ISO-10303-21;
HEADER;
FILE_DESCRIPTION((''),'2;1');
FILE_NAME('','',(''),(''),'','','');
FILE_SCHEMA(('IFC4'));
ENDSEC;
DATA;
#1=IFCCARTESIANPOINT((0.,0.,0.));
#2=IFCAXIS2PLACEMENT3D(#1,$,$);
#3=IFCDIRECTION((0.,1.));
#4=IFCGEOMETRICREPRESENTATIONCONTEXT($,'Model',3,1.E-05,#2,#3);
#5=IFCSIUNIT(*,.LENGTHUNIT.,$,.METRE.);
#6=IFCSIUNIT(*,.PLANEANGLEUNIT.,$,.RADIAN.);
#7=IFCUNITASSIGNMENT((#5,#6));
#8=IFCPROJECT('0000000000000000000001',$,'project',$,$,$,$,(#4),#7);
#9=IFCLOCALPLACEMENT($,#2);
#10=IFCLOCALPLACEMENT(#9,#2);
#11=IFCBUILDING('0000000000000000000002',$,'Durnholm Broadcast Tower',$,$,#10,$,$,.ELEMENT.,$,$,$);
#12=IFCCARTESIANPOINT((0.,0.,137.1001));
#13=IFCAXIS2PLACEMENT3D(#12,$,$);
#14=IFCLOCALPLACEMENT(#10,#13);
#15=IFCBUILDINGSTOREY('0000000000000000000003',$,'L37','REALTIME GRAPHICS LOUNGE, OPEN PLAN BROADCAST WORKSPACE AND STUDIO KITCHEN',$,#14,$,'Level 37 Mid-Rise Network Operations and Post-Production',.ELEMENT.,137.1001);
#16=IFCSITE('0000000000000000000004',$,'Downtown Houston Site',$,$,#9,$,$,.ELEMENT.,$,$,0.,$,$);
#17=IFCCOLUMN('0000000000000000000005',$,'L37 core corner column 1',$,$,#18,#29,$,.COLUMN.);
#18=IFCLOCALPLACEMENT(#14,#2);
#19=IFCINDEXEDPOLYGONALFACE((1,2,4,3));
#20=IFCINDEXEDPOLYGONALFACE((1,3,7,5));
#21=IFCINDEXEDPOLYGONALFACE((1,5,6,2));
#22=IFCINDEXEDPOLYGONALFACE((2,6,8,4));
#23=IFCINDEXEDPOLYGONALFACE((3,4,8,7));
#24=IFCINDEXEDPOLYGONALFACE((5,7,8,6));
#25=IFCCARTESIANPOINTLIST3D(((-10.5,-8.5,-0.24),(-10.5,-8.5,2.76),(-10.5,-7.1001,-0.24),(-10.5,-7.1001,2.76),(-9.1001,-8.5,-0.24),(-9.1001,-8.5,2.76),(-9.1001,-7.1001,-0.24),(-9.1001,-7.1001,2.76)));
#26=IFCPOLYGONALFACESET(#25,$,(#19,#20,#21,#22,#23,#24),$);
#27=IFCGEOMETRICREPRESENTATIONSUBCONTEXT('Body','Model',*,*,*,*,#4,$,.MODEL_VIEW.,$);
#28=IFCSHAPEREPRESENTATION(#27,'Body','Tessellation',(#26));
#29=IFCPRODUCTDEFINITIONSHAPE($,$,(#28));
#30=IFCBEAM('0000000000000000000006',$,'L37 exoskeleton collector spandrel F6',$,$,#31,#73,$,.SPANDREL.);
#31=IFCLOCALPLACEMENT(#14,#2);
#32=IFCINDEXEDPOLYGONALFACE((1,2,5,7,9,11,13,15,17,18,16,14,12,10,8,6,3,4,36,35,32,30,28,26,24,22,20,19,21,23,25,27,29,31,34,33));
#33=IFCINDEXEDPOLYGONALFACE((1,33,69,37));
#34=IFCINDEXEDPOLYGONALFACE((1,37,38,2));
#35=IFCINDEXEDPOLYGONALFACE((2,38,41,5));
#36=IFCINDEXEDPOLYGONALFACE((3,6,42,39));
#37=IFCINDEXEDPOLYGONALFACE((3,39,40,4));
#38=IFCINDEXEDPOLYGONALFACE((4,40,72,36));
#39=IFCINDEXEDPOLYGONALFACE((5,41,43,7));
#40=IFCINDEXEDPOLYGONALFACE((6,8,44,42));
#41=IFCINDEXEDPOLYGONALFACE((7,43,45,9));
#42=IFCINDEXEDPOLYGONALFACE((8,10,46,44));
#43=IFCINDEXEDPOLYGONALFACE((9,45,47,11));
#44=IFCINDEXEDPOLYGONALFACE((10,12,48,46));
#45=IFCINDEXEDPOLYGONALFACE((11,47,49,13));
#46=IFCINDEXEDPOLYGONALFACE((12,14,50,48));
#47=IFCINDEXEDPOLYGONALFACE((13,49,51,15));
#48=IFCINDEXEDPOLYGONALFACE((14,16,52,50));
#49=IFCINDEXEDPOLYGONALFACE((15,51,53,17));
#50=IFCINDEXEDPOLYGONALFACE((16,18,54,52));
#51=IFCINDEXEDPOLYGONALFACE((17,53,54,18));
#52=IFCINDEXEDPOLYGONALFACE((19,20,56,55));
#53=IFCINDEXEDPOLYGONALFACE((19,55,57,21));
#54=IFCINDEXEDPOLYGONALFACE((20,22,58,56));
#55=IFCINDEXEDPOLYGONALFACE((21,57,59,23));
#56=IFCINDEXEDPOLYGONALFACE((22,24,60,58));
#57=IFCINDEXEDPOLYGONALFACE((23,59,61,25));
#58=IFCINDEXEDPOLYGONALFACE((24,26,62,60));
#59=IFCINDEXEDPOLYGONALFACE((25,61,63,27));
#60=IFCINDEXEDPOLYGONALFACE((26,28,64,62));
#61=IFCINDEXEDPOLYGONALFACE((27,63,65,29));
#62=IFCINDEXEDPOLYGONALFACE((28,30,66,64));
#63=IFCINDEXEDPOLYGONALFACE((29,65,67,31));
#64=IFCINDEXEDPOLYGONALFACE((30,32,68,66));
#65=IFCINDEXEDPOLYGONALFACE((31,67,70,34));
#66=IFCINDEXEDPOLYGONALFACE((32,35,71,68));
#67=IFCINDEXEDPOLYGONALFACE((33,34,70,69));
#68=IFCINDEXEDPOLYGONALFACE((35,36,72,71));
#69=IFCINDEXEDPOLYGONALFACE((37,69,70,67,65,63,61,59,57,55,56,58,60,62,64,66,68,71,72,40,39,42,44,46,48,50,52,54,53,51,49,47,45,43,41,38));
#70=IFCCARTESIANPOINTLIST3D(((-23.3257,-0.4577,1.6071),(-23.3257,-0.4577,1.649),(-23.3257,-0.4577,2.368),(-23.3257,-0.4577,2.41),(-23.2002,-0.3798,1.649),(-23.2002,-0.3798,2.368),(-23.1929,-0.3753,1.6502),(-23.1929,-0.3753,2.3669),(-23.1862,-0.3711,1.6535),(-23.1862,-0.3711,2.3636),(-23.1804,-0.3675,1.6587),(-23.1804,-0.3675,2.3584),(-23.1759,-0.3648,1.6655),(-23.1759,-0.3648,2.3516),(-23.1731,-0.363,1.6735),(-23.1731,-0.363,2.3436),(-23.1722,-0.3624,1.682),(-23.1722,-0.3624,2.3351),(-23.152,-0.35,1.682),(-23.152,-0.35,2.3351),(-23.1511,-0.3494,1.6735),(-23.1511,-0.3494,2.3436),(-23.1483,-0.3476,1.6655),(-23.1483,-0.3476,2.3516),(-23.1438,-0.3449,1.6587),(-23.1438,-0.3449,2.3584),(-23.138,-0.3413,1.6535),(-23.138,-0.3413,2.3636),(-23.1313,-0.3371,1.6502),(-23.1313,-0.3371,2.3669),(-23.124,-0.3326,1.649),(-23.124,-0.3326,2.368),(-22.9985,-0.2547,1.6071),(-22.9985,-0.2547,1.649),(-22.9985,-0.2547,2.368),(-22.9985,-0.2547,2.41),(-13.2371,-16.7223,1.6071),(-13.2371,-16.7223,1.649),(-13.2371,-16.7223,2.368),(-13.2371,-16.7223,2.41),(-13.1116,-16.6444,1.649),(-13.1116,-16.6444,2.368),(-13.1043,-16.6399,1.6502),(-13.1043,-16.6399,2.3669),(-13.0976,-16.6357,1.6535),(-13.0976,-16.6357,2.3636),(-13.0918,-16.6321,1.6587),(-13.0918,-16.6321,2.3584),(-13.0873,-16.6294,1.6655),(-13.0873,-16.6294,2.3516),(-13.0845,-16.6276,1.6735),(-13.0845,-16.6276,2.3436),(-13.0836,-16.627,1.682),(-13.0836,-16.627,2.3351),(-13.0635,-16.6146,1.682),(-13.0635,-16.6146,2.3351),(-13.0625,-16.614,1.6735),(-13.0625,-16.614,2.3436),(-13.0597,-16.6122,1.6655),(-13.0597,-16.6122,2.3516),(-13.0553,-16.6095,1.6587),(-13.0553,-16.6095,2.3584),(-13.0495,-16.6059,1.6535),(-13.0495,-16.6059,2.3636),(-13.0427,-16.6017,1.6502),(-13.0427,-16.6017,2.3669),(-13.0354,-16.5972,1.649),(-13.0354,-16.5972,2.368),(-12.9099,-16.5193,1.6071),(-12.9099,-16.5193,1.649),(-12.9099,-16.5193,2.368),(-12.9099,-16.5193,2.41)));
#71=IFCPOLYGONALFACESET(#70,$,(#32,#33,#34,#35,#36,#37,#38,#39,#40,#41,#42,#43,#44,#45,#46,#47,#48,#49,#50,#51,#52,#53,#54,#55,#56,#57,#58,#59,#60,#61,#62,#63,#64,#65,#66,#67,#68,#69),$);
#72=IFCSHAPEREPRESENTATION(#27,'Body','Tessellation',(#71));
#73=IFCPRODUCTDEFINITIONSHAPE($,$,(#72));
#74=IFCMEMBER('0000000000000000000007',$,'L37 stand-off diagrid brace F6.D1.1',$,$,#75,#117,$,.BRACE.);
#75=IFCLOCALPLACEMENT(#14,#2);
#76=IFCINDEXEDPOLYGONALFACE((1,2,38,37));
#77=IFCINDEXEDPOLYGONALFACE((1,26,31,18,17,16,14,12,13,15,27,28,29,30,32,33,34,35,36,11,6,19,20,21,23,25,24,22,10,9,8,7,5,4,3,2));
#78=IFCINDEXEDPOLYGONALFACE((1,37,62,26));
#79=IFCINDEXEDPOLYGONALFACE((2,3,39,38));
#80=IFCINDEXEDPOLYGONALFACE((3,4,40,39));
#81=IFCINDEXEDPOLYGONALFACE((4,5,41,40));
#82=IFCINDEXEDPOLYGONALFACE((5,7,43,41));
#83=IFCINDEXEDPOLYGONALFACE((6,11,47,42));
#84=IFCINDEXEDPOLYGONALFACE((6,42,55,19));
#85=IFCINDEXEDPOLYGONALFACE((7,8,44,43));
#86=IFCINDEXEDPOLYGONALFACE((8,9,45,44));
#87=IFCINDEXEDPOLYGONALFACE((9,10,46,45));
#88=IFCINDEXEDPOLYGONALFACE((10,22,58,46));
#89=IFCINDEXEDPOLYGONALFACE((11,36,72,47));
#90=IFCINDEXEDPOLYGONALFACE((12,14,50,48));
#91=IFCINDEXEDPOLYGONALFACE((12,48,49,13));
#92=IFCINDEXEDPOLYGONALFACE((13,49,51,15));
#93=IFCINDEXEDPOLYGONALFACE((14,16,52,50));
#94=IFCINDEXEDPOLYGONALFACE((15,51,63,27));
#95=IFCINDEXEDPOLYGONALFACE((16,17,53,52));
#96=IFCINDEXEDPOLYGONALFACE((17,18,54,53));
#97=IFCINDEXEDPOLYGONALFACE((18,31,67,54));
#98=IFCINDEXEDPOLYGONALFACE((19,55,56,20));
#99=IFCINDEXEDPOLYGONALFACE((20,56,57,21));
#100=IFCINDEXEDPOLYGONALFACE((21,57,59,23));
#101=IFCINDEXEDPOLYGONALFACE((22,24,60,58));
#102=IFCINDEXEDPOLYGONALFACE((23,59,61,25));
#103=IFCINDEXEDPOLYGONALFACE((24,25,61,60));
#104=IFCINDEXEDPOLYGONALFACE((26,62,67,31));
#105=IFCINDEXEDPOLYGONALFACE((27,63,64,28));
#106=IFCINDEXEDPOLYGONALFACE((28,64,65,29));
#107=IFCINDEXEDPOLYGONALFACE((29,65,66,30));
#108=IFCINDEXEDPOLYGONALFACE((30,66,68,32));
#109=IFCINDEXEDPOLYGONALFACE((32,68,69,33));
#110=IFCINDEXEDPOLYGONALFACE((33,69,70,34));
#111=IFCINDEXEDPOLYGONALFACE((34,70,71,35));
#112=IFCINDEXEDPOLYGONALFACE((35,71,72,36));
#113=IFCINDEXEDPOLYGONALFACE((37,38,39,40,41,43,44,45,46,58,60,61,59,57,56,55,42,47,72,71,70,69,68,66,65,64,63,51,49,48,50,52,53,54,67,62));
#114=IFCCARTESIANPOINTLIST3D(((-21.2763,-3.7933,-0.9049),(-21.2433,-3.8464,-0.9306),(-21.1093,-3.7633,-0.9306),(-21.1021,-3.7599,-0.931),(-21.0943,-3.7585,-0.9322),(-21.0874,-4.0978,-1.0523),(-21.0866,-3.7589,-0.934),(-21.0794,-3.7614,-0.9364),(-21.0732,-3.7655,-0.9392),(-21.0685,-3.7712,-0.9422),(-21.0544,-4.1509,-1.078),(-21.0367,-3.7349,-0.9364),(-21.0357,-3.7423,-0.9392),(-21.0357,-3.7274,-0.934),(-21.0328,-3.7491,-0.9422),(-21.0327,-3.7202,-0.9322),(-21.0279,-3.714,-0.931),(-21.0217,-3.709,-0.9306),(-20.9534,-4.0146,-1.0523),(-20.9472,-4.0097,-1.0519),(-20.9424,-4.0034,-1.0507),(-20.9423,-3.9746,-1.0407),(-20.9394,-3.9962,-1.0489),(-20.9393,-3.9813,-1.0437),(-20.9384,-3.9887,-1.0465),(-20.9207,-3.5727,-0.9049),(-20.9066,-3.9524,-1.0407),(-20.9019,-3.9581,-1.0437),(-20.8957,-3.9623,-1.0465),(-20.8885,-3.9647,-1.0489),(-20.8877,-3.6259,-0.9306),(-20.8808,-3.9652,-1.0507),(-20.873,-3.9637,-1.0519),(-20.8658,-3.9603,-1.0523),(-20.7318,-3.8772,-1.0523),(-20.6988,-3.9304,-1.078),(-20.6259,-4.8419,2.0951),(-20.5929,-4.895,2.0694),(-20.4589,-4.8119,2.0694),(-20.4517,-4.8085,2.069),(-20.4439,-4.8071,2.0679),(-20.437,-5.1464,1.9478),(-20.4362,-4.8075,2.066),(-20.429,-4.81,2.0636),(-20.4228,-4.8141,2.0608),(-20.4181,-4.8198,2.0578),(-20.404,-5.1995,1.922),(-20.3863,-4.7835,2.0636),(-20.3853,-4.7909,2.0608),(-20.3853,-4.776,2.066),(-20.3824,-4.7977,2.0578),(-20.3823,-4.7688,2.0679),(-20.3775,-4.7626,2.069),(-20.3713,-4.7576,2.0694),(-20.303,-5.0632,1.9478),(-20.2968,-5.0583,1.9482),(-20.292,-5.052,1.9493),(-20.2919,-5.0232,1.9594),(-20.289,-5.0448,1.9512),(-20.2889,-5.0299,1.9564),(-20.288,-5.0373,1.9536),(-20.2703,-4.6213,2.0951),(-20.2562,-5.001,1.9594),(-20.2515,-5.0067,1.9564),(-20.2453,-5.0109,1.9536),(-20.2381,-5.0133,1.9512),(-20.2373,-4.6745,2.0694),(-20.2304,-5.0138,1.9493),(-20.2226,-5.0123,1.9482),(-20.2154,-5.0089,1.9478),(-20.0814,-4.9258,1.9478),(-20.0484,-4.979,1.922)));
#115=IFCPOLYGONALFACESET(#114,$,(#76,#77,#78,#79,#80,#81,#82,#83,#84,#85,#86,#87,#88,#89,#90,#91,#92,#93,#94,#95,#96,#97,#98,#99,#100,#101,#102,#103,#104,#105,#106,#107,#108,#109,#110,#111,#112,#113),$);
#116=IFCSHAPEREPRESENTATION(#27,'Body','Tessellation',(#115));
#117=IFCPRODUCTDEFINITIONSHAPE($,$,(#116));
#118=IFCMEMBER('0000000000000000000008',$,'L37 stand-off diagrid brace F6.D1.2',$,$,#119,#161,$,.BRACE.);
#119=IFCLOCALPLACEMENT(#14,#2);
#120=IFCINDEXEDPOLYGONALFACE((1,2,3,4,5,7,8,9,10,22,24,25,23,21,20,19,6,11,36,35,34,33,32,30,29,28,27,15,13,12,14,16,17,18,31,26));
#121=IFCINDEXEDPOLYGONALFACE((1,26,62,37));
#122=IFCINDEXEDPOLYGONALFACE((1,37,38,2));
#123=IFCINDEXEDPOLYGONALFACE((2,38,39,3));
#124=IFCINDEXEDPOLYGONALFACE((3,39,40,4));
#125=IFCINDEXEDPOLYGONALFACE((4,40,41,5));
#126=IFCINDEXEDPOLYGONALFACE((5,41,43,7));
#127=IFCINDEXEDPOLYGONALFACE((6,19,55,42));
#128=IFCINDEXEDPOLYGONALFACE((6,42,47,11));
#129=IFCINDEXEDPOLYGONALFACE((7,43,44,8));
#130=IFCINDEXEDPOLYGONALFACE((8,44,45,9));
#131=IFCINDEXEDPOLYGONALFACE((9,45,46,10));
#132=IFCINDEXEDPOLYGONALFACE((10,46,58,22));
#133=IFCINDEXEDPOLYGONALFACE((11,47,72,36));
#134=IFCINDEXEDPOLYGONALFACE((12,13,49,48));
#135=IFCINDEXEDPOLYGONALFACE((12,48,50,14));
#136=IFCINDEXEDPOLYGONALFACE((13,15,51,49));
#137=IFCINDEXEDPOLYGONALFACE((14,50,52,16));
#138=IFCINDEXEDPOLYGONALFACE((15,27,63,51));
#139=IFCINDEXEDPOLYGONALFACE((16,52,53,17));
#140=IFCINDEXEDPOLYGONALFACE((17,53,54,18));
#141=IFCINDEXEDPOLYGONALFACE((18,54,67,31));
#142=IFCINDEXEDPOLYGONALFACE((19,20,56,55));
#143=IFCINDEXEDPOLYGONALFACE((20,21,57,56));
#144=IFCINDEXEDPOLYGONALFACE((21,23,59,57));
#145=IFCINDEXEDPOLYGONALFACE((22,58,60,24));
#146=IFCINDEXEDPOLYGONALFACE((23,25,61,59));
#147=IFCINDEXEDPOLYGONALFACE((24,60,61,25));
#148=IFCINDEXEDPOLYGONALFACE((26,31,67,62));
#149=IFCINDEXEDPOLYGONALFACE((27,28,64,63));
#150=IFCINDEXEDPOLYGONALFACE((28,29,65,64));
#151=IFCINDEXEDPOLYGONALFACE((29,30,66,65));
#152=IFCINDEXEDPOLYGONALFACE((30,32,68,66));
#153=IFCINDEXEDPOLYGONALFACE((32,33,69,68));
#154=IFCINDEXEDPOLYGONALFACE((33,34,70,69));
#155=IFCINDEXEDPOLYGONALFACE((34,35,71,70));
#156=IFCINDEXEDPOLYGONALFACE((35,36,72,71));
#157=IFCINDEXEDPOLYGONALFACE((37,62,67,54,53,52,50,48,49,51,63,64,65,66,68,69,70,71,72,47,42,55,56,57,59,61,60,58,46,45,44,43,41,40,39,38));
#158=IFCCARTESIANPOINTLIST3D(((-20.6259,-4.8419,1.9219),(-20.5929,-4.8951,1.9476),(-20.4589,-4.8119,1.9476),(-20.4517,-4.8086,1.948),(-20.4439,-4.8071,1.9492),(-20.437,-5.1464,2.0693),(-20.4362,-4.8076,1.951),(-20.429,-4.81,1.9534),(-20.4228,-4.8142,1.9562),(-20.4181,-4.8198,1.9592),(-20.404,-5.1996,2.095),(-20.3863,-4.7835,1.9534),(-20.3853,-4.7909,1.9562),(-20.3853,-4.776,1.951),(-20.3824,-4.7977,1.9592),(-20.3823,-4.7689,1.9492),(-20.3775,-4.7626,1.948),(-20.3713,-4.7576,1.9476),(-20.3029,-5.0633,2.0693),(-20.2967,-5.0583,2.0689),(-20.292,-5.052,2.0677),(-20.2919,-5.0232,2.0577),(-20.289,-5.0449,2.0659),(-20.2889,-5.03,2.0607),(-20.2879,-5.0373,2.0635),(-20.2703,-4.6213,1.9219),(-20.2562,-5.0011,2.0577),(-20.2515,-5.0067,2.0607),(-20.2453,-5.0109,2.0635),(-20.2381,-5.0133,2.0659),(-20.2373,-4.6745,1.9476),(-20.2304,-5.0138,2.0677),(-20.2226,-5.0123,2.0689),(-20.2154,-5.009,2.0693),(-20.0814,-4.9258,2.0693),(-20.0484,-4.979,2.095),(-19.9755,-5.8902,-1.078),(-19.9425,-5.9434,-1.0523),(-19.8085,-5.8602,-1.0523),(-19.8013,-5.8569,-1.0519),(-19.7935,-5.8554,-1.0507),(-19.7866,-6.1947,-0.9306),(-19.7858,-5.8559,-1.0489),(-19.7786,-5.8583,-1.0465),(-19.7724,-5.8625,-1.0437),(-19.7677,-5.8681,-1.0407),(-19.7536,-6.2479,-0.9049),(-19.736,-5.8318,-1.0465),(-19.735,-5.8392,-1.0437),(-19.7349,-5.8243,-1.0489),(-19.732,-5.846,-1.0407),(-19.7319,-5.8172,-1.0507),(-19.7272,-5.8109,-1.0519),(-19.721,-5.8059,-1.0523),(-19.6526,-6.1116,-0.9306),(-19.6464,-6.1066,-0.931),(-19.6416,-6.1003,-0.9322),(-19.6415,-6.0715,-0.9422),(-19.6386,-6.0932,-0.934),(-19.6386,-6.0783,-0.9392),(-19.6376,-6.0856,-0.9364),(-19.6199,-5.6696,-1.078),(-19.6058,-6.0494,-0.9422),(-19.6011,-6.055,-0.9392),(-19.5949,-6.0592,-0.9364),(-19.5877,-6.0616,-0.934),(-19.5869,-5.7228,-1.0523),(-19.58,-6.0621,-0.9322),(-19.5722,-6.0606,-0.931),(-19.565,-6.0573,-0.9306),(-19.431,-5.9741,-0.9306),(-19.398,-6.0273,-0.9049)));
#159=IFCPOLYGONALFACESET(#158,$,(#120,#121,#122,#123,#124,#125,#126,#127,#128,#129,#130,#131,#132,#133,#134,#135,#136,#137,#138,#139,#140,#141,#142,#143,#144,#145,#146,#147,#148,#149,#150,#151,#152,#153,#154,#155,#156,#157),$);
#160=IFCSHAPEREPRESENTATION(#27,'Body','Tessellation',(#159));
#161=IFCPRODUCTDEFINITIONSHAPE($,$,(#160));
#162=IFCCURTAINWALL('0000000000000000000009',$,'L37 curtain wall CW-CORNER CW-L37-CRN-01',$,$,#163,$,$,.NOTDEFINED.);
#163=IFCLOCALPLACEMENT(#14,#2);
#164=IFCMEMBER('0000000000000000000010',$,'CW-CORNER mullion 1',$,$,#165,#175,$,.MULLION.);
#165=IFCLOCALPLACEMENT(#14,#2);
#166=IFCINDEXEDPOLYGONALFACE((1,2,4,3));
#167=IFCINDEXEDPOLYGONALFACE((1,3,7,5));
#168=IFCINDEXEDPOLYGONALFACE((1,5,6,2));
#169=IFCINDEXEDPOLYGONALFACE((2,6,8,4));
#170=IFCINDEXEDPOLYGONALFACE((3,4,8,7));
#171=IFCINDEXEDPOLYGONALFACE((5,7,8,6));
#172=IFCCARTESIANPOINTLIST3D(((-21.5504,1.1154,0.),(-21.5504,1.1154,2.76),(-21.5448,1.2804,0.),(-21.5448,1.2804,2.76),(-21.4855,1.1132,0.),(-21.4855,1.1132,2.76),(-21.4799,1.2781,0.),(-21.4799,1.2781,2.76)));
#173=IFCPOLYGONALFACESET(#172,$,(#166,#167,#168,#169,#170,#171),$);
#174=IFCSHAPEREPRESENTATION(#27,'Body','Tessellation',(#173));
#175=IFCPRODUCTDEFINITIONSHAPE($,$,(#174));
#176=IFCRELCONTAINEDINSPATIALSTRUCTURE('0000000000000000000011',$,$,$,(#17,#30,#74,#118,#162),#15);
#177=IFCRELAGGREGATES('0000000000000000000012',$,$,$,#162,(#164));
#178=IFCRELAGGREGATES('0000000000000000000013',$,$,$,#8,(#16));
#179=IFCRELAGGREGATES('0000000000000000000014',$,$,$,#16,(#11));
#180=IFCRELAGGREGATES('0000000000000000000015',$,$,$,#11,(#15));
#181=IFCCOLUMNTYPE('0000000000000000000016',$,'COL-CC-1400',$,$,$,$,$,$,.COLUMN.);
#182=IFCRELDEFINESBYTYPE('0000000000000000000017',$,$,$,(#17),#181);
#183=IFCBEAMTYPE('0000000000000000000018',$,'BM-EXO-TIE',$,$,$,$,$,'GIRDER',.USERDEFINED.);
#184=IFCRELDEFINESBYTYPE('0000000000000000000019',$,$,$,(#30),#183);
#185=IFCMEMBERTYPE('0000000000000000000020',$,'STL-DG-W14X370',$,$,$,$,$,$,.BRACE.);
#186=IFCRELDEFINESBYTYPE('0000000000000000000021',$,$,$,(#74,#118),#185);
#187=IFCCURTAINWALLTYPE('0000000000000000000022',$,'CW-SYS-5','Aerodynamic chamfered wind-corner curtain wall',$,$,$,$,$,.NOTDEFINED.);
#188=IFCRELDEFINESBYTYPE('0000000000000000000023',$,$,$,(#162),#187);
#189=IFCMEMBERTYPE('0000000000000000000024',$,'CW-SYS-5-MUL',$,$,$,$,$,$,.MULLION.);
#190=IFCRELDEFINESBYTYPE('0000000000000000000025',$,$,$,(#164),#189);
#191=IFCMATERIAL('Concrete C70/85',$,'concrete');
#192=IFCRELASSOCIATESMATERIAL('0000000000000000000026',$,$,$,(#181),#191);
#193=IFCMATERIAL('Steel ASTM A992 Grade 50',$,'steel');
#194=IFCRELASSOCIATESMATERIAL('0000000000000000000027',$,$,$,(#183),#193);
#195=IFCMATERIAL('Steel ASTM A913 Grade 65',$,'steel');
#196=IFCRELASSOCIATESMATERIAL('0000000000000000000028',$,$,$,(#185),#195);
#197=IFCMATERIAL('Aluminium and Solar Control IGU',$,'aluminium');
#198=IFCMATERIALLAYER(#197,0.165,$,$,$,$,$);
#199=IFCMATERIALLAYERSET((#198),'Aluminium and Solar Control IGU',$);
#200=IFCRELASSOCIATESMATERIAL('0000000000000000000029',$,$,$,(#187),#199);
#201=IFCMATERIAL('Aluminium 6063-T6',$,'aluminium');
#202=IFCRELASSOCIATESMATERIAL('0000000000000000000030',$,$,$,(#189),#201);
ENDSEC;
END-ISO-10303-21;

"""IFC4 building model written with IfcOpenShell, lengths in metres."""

from ifc_helpers import new_model, si_unit, direction, frame, origin, origin_2d, place, context, subcontext, project, spatial, rectangle, i_section, extrude, source, transform, mapped, material, layer, layer_set, material_profile, profile_set, type_object, type_shapes, element, aggregate, save


model = new_model("IFC4")

# Units and contexts
model_context = context("Model", 3, precision=1e-05, world=origin(), true_north=direction((0.0, 1.0)))
body_context = subcontext(model_context, "Body", "Model", "MODEL_VIEW")
ifc_project = project(units=[si_unit("LENGTHUNIT", "METRE"), si_unit("PLANEANGLEUNIT", "RADIAN")], contexts=[model_context])

# Site, building, storey
site_placement = place(None, origin())
site = spatial("IfcSite", under=ifc_project, at=site_placement, Name="Downtown Houston Site", CompositionType="ELEMENT", RefElevation=0.0)
building_placement = place(site_placement, origin())
building = spatial("IfcBuilding", under=site, at=building_placement, Name="Durnholm Broadcast Tower", CompositionType="ELEMENT")
storey_placement = place(building_placement, frame((0.0, 0.0, 137.1001)))
storey = spatial("IfcBuildingStorey", under=building, at=storey_placement, Name="L37", Description="REALTIME GRAPHICS LOUNGE, OPEN PLAN BROADCAST WORKSPACE AND STUDIO KITCHEN", LongName="Level 37 Mid-Rise Network Operations and Post-Production", CompositionType="ELEMENT", Elevation=137.1001)

# Column
ifc_material_1 = material(Name="Concrete C70/85", Category="concrete")
ifc_material_profile_1 = material_profile(ifc_material_1, rectangle(XDim=1.3999, YDim=1.3999, at=origin_2d()), Name="RC1400X1400")
ifc_profile_set_1 = profile_set([ifc_material_profile_1], Name="Concrete C70/85")
column_type = type_object("IfcColumnType", Name="COL-CC-1400", PredefinedType="COLUMN", material=ifc_profile_set_1)
shared_shape_1 = source(origin(), body_context, "Body", "SweptSolid", [
    extrude(rectangle(XDim=1.3999, YDim=1.3999, at=origin_2d()), origin(), (0.0, 0.0, 1.0), 3.0),
])
type_shapes(column_type, [shared_shape_1])
column_placement = place(storey_placement, frame((-9.8, -7.8, -0.24), z_axis=(0.0, 0.0, 1.0), x_axis=(1.0, 0.0, 0.0)))
element("IfcColumn", 1, at=column_placement, inside=storey, type_object=column_type, Name="L37 core corner column 1", PredefinedType="COLUMN", context=body_context, shape_type="MappedRepresentation", body=[
    mapped(shared_shape_1, transform((0.0, 0.0, 0.0), x_axis=(1.0, 0.0, 0.0), y_axis=(0.0, 1.0, 0.0), z_axis=(0.0, 0.0, 1.0), scale=1.0)),
])

# Beam
ifc_material_2 = material(Name="Steel ASTM A992 Grade 50", Category="steel")
ifc_material_profile_2 = material_profile(ifc_material_2, i_section(OverallWidth=0.385, OverallDepth=0.803, WebThickness=0.0237, FlangeThickness=0.042, FilletRadius=0.033, at=origin_2d()), Name="W30X261")
ifc_profile_set_2 = profile_set([ifc_material_profile_2], Name="Steel ASTM A992 Grade 50")
beam_type = type_object("IfcBeamType", Name="BM-EXO-TIE", ElementType="GIRDER", PredefinedType="USERDEFINED", material=ifc_profile_set_2)
shared_shape_2 = source(origin(), body_context, "Body", "SweptSolid", [
    extrude(i_section(OverallWidth=0.385, OverallDepth=0.803, WebThickness=0.0237, FlangeThickness=0.042, FilletRadius=0.033, at=origin_2d()), origin(), (0.0, 0.0, 1.0), 19.1394),
])
type_shapes(beam_type, [shared_shape_2])
beam_placement = place(storey_placement, frame((-23.1621, -0.3562, 2.0085), z_axis=(0.527111, -0.849796, 0.0), x_axis=(0.849796, 0.527111, 0.0)))
element("IfcBeam", 2, at=beam_placement, inside=storey, type_object=beam_type, Name="L37 exoskeleton collector spandrel F6", PredefinedType="SPANDREL", context=body_context, shape_type="MappedRepresentation", body=[
    mapped(shared_shape_2, transform((0.0, 0.0, 0.0), x_axis=(1.0, 0.0, 0.0), y_axis=(0.0, 1.0, 0.0), z_axis=(0.0, 0.0, 1.0), scale=1.0)),
])

# Members
ifc_material_3 = material(Name="Steel ASTM A913 Grade 65", Category="steel")
ifc_material_profile_3 = material_profile(ifc_material_3, i_section(OverallWidth=0.4185, OverallDepth=0.4551, WebThickness=0.042, FlangeThickness=0.0676, FilletRadius=0.0305, at=origin_2d()), Name="W14X370")
ifc_profile_set_3 = profile_set([ifc_material_profile_3], Name="Steel ASTM A913 Grade 65")
member_type_1 = type_object("IfcMemberType", Name="STL-DG-W14X370", PredefinedType="BRACE", material=ifc_profile_set_3)
shared_shape_3 = source(origin(), body_context, "Body", "SweptSolid", [
    extrude(i_section(OverallWidth=0.4185, OverallDepth=0.4551, WebThickness=0.042, FlangeThickness=0.0676, FilletRadius=0.0305, at=origin_2d()), origin(), (0.0, 0.0, 1.0), 3.2439),
])
member_1_placement = place(storey_placement, frame((-20.9875, -3.8618, -0.9915), z_axis=(0.2005, -0.323253, 0.924828), x_axis=(0.849805, 0.527097, 0.0)))
element("IfcMember", 3, at=member_1_placement, inside=storey, type_object=member_type_1, Name="L37 stand-off diagrid brace F6.D1.1", PredefinedType="BRACE", context=body_context, shape_type="MappedRepresentation", body=[
    mapped(shared_shape_3, transform((0.0, 0.0, 0.0), x_axis=(1.0, 0.0, 0.0), y_axis=(0.0, 1.0, 0.0), z_axis=(0.0, 0.0, 1.0), scale=1.0)),
])
shared_shape_4 = source(origin(), body_context, "Body", "SweptSolid", [
    extrude(i_section(OverallWidth=0.4185, OverallDepth=0.4551, WebThickness=0.042, FlangeThickness=0.0676, FilletRadius=0.0305, at=origin_2d()), origin(), (0.0, 0.0, 1.0), 3.2437),
])
type_shapes(member_type_1, [shared_shape_3, shared_shape_4])
member_2_placement = place(storey_placement, frame((-19.6868, -5.9587, -0.9915), z_axis=(-0.200505, 0.323186, 0.924851), x_axis=(-0.84975, -0.527186, 0.0)))
element("IfcMember", 4, at=member_2_placement, inside=storey, type_object=member_type_1, Name="L37 stand-off diagrid brace F6.D1.2", PredefinedType="BRACE", context=body_context, shape_type="MappedRepresentation", body=[
    mapped(shared_shape_4, transform((0.0, 0.0, 0.0), x_axis=(1.0, 0.0, 0.0), y_axis=(0.0, 1.0, 0.0), z_axis=(0.0, 0.0, 1.0), scale=1.0)),
])

# Curtain wall, member
ifc_material_4 = material(Name="Aluminium and Solar Control IGU", Category="aluminium")
ifc_layer_1 = layer(ifc_material_4, 0.165)
ifc_layer_set_1 = layer_set([ifc_layer_1], Name="Aluminium and Solar Control IGU")
curtain_wall_type_1 = type_object("IfcCurtainWallType", Name="CW-SYS-5", Description="Aerodynamic chamfered wind-corner curtain wall", PredefinedType="NOTDEFINED", material=ifc_layer_set_1)
curtain_wall_1_placement = place(storey_placement, origin())
curtain_wall_1 = element("IfcCurtainWall", 5, at=curtain_wall_1_placement, inside=storey, type_object=curtain_wall_type_1, Name="L37 curtain wall CW-CORNER CW-L37-CRN-01", PredefinedType="NOTDEFINED")
ifc_material_5 = material(Name="Aluminium 6063-T6", Category="aluminium")
ifc_material_profile_4 = material_profile(ifc_material_5, rectangle(XDim=0.0649, YDim=0.165, at=origin_2d()), Name="CWM65X165")
ifc_profile_set_4 = profile_set([ifc_material_profile_4], Name="Aluminium 6063-T6")
member_type_2 = type_object("IfcMemberType", Name="CW-SYS-5-MUL", PredefinedType="MULLION", material=ifc_profile_set_4)
shared_shape_5 = source(origin(), body_context, "Body", "SweptSolid", [
    extrude(rectangle(XDim=0.0649, YDim=0.165, at=origin_2d()), origin(), (0.0, 0.0, 1.0), 2.76),
])
type_shapes(member_type_2, [shared_shape_5])
member_3_placement = place(storey_placement, frame((-21.5151, 1.1968, 0.0), z_axis=(0.0, 0.0, 1.0), x_axis=(-0.999425, 0.033917, 0.0)))
member_3 = element("IfcMember", 6, at=member_3_placement, type_object=member_type_2, Name="CW-CORNER mullion 1", PredefinedType="MULLION", context=body_context, shape_type="MappedRepresentation", body=[
    mapped(shared_shape_5, transform((0.0, 0.0, 0.0), x_axis=(1.0, 0.0, 0.0), y_axis=(0.0, 1.0, 0.0), z_axis=(0.0, 0.0, 1.0), scale=1.0)),
])

aggregate(curtain_wall_1, [member_3])

save(model, "model.ifc")
